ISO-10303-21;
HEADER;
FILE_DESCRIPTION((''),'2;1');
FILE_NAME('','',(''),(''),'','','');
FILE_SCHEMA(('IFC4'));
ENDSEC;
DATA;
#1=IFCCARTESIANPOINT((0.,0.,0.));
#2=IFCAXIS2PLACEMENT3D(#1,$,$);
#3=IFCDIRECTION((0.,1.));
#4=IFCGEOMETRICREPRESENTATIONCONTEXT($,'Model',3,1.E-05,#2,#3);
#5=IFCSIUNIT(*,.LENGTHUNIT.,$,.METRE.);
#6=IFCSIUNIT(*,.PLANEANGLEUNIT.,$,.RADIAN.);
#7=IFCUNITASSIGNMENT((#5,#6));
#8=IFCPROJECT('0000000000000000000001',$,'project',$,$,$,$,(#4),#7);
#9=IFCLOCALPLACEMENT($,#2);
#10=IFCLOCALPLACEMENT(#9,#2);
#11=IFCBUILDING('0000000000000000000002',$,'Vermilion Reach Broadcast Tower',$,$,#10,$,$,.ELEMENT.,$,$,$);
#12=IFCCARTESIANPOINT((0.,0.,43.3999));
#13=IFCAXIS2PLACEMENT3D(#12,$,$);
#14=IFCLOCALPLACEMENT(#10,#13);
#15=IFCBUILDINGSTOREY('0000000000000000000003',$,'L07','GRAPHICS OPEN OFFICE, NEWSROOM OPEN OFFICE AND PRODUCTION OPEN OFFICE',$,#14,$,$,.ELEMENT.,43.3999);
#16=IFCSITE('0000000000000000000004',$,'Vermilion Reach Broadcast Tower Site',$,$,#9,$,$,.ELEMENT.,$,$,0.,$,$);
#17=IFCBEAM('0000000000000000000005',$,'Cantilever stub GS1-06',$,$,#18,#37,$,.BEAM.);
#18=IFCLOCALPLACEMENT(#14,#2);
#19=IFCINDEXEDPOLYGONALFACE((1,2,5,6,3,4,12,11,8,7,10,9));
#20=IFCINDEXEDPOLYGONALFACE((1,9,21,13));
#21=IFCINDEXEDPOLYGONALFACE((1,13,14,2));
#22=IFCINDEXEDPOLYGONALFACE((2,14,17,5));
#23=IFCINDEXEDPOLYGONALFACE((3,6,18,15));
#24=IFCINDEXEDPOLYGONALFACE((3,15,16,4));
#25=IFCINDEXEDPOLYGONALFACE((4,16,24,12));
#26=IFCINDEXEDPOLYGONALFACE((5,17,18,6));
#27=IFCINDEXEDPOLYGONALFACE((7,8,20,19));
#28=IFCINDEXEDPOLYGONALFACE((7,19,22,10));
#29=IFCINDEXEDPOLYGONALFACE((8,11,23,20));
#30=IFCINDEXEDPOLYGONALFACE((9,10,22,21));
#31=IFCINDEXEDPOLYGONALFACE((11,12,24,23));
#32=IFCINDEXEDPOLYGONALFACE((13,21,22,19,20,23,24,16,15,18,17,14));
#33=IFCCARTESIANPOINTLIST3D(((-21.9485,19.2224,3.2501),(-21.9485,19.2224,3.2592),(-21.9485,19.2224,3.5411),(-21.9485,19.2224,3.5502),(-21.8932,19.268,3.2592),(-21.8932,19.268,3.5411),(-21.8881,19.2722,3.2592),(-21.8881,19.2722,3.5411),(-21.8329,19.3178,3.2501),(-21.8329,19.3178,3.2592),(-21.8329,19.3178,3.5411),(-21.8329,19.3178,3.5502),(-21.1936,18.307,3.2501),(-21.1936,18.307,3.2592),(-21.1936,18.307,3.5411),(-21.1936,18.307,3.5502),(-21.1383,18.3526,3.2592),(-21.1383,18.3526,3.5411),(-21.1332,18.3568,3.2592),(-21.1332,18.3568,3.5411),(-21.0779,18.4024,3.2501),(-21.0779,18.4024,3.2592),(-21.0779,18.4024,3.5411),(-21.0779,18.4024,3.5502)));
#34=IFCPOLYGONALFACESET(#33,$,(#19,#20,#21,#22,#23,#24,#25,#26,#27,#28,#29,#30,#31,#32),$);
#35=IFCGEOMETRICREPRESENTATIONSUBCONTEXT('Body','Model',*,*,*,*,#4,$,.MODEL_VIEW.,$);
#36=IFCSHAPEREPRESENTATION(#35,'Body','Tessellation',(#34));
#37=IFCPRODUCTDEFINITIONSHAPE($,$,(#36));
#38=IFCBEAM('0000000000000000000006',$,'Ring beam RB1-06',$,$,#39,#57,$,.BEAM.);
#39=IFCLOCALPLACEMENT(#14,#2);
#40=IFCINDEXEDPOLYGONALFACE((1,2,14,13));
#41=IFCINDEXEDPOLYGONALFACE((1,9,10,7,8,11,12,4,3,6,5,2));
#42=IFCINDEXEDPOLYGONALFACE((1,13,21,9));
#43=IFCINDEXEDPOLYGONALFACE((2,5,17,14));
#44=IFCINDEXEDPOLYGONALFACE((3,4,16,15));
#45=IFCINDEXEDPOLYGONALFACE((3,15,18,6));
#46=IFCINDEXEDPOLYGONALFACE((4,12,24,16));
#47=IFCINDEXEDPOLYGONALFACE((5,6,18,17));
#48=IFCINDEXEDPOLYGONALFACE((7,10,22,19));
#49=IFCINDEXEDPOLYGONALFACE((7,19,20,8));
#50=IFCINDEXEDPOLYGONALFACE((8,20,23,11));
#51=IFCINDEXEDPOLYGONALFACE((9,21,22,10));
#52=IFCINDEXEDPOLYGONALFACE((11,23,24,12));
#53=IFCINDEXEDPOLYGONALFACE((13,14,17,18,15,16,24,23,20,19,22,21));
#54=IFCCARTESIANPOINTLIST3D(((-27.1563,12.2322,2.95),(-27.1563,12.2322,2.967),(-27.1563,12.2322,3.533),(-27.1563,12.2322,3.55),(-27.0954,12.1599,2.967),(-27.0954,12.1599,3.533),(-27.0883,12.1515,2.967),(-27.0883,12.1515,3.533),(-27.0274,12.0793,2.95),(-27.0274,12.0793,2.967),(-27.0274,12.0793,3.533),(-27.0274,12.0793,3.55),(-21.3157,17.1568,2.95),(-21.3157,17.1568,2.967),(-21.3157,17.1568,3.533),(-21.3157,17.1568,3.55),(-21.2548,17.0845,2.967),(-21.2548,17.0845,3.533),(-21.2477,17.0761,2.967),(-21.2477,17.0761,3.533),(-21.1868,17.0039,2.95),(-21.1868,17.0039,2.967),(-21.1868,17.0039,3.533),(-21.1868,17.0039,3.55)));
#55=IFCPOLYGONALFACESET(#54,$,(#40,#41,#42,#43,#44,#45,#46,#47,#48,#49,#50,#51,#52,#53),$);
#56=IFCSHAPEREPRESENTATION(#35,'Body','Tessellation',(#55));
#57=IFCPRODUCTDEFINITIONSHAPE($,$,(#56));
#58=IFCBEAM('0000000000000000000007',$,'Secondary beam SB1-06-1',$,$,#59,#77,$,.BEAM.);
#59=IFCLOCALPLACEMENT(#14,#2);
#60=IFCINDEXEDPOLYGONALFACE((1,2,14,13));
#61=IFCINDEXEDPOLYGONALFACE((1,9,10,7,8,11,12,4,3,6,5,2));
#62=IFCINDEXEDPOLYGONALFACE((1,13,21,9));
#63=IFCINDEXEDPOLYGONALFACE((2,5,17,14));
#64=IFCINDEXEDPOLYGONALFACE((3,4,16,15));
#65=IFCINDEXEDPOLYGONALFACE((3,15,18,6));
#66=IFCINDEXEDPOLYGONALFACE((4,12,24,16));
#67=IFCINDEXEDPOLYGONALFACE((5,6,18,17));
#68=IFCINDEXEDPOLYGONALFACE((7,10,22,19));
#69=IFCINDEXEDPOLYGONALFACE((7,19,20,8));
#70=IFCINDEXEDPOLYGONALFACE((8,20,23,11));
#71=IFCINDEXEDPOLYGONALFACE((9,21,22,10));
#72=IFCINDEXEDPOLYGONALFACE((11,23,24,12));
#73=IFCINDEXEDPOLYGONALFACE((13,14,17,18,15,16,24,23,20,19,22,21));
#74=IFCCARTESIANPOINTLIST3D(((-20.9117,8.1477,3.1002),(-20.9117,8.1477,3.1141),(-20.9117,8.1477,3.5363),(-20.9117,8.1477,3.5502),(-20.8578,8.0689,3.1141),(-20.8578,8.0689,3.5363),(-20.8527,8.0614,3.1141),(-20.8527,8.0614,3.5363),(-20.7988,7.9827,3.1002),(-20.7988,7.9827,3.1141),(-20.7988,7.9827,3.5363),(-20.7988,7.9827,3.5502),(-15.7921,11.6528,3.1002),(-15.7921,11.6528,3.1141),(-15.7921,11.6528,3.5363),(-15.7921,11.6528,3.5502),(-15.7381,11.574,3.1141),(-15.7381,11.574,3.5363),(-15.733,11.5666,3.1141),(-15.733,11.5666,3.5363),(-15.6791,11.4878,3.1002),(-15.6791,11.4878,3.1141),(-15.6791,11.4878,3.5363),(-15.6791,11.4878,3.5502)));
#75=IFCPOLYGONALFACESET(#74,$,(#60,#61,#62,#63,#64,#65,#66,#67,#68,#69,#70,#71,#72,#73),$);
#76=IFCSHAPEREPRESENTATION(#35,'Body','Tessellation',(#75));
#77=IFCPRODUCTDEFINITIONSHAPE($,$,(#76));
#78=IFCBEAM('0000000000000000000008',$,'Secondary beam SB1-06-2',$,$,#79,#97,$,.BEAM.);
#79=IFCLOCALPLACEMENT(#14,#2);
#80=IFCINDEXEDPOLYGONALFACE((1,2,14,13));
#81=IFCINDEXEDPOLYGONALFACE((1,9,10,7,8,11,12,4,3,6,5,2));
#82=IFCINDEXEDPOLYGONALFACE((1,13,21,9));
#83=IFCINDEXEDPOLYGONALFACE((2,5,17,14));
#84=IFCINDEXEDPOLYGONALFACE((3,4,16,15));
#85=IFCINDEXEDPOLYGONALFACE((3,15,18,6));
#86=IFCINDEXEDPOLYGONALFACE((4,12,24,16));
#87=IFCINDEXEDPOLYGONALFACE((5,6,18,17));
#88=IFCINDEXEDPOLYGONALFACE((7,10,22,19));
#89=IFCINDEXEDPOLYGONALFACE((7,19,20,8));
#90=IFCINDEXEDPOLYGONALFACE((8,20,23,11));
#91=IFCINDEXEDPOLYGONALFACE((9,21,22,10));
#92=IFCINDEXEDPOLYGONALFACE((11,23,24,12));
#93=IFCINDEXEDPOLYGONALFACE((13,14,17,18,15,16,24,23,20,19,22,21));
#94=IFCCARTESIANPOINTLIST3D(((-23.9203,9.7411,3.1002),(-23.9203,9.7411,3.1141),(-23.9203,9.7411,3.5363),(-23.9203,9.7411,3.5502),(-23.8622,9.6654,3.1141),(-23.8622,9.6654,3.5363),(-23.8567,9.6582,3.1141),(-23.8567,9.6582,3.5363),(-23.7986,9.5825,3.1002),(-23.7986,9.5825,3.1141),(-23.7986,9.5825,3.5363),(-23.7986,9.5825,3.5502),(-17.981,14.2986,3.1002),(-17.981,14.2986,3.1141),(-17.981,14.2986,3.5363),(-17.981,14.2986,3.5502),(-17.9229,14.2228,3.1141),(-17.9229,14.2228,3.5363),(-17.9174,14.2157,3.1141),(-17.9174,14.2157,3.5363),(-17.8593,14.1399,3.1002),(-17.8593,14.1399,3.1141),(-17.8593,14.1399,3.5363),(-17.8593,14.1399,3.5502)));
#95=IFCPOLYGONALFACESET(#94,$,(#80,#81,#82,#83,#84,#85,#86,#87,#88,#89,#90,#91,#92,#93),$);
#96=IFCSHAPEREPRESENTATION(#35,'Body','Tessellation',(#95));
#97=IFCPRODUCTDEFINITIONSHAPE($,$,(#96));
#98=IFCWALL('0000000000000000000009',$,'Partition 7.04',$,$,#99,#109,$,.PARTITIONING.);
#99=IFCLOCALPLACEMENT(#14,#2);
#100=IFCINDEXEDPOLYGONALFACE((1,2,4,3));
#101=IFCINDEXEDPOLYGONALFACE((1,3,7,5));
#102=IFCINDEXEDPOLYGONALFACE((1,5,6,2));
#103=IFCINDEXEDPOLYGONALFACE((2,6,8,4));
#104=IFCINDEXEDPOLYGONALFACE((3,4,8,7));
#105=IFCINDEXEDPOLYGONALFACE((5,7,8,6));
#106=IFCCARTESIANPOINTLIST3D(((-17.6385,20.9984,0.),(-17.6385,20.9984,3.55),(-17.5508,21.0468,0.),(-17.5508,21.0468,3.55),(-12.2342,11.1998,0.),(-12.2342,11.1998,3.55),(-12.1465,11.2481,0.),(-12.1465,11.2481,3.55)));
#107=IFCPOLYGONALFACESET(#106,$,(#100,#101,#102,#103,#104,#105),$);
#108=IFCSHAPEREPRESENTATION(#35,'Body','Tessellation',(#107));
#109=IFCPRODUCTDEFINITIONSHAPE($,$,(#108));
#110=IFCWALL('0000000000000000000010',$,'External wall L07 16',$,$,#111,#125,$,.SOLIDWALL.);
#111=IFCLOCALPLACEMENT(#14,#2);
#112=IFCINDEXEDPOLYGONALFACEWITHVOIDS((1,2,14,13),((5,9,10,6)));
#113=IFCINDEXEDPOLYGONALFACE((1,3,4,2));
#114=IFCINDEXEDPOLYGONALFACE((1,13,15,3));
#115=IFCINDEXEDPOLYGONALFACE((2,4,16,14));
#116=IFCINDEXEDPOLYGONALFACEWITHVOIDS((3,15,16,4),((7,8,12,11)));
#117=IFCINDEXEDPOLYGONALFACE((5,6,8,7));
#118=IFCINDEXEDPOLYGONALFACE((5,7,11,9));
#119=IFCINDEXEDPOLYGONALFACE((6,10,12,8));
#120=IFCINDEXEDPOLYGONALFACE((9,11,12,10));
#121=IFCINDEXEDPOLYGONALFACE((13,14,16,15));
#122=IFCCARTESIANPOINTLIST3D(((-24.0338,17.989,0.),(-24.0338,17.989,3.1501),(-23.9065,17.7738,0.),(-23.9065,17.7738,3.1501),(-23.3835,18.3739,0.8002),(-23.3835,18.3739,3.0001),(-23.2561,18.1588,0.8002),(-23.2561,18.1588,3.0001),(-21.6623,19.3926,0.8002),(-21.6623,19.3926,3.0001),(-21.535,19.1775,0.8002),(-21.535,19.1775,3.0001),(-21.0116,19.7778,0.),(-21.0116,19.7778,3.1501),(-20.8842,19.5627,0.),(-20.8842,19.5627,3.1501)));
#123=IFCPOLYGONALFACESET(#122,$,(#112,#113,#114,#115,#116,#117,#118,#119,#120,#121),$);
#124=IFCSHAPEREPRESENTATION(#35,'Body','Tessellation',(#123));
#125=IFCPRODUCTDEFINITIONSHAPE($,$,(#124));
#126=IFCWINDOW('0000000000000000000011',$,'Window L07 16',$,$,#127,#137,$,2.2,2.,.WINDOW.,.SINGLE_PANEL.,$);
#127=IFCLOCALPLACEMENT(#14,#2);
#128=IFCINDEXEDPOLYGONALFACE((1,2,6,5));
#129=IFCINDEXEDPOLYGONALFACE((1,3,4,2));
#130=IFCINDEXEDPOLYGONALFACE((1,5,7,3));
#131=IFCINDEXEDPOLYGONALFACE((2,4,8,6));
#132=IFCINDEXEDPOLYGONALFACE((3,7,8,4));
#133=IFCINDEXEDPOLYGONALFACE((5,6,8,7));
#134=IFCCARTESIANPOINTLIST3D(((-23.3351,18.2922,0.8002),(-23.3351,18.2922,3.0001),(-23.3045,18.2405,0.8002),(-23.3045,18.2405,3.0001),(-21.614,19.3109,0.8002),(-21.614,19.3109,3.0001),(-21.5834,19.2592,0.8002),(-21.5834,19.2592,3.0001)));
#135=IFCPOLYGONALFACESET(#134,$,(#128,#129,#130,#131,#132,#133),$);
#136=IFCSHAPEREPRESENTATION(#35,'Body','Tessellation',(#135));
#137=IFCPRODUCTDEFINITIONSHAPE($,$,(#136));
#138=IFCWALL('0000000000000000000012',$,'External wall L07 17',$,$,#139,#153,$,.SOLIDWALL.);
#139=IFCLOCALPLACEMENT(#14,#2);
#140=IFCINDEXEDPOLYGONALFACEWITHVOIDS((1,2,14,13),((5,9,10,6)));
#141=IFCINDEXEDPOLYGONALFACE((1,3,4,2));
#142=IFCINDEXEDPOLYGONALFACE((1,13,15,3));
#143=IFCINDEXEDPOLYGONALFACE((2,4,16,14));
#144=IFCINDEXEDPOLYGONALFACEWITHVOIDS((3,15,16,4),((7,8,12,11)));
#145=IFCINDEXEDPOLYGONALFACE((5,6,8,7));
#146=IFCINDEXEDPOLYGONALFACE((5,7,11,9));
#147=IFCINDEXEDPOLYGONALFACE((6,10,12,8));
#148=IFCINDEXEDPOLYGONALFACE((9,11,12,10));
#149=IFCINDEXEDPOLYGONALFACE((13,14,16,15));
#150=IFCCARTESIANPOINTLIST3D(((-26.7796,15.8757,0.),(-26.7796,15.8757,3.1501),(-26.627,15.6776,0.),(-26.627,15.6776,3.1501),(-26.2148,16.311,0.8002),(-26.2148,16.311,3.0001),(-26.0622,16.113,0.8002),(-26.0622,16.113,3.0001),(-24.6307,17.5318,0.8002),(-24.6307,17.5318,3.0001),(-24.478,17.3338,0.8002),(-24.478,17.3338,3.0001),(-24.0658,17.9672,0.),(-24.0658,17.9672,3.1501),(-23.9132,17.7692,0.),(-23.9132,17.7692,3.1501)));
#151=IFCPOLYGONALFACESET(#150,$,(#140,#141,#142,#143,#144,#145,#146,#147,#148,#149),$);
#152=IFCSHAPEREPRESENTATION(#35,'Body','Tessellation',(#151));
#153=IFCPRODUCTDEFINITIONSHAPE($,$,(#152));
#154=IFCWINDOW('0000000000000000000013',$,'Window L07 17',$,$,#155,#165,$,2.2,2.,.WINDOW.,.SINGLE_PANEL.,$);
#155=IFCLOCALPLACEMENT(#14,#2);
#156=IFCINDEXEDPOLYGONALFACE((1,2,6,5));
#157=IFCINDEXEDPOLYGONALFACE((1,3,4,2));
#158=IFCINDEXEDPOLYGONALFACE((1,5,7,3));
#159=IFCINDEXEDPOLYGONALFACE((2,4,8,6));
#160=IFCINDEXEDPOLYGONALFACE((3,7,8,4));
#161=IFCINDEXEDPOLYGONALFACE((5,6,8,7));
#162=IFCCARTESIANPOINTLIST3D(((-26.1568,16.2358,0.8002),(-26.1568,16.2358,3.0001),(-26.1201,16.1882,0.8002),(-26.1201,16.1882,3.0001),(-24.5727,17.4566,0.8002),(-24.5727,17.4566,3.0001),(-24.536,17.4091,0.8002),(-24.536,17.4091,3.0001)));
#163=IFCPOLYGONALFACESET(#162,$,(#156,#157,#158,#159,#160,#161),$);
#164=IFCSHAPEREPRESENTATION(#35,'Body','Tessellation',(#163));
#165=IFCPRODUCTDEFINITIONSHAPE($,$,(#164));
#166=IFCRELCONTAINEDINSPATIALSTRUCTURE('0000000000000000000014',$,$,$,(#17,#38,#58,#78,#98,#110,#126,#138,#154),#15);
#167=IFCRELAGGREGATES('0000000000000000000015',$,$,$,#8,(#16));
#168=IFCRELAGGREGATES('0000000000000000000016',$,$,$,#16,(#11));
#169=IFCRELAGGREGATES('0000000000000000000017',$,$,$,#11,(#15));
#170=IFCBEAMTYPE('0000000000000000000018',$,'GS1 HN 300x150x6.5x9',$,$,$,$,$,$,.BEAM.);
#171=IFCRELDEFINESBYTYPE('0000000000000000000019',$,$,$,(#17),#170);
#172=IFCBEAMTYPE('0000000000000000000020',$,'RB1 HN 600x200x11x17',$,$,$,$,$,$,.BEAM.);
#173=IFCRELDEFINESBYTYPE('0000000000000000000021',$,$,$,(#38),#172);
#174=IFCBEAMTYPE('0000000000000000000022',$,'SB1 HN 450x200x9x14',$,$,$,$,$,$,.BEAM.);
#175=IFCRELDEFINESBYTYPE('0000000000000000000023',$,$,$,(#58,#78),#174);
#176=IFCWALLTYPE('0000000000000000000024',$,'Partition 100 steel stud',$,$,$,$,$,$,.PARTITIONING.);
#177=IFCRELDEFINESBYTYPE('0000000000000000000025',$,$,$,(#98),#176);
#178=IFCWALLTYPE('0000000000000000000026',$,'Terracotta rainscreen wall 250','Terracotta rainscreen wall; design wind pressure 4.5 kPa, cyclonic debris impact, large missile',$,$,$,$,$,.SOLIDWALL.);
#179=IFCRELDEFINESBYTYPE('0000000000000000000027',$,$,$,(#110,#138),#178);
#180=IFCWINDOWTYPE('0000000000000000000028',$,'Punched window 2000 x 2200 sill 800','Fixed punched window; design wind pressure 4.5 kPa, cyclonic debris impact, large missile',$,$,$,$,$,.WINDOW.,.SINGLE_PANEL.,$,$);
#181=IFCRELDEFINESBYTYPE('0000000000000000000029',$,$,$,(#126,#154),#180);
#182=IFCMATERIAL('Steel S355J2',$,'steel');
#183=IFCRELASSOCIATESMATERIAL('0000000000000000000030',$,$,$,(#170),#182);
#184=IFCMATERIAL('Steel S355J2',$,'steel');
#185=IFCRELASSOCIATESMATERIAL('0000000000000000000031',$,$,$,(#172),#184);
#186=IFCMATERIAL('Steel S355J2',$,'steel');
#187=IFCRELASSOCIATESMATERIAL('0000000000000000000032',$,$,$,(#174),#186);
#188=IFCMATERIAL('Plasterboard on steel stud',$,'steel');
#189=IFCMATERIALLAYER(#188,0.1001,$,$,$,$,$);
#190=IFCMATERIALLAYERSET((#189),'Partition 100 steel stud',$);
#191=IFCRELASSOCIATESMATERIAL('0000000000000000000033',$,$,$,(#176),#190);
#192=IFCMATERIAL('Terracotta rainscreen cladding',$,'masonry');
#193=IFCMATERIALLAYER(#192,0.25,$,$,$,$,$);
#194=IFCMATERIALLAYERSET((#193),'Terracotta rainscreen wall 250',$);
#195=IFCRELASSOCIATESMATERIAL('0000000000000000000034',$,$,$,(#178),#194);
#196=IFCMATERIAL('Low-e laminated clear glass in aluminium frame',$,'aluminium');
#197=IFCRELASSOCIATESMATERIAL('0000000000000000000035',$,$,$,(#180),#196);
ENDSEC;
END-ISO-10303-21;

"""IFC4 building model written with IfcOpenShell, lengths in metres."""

from ifc_helpers import new_model, si_unit, direction, frame, frame_2d, origin, origin_2d, place, context, subcontext, project, spatial, rectangle, i_section, extrude, material, layer, layer_set, material_profile, profile_set, type_object, element, fill, save


model = new_model("IFC4")

# Units and contexts
model_context = context("Model", 3, precision=1e-05, world=origin(), true_north=direction((0.0, 1.0)))
body_context = subcontext(model_context, "Body", "Model", "MODEL_VIEW")
ifc_project = project(units=[si_unit("LENGTHUNIT", "METRE"), si_unit("PLANEANGLEUNIT", "RADIAN")], contexts=[model_context])

# Site, building, storey
site_placement = place(None, origin())
site = spatial("IfcSite", under=ifc_project, at=site_placement, Name="Vermilion Reach Broadcast Tower Site", CompositionType="ELEMENT", RefElevation=0.0)
building_placement = place(site_placement, origin())
building = spatial("IfcBuilding", under=site, at=building_placement, Name="Vermilion Reach Broadcast Tower", CompositionType="ELEMENT")
storey_placement = place(building_placement, frame((0.0, 0.0, 43.3999)))
storey = spatial("IfcBuildingStorey", under=building, at=storey_placement, Name="L07", Description="GRAPHICS OPEN OFFICE, NEWSROOM OPEN OFFICE AND PRODUCTION OPEN OFFICE", CompositionType="ELEMENT", Elevation=43.3999)

# Beams
ifc_material_1 = material(Name="Steel S355J2", Category="steel")
ifc_material_profile_1 = material_profile(ifc_material_1, i_section(OverallWidth=0.1499, OverallDepth=0.3, WebThickness=0.0066, FlangeThickness=0.009, at=origin_2d()), Name="S355J2 HN 300x150x6.5x9")
ifc_profile_set_1 = profile_set([ifc_material_profile_1], Name="Steel S355J2")
beam_type_1 = type_object("IfcBeamType", Name="GS1 HN 300x150x6.5x9", PredefinedType="BEAM", material=ifc_profile_set_1)
beam_1_placement = place(storey_placement, frame((-21.1357, 18.3547, 3.4001), z_axis=(-0.63627, 0.771467, 0.0), x_axis=(-0.771467, -0.63627, 0.0)))
element("IfcBeam", 1, at=beam_1_placement, inside=storey, type_object=beam_type_1, Name="Cantilever stub GS1-06", PredefinedType="BEAM", context=body_context, shape_type="SweptSolid", body=[
    extrude(i_section(OverallWidth=0.1499, OverallDepth=0.3, WebThickness=0.0066, FlangeThickness=0.009, at=origin_2d()), origin(), (0.0, 0.0, 1.0), 1.1865),
])
ifc_material_2 = material(Name="Steel S355J2", Category="steel")
ifc_material_profile_2 = material_profile(ifc_material_2, i_section(OverallWidth=0.2, OverallDepth=0.6001, WebThickness=0.011, FlangeThickness=0.0171, at=origin_2d()), Name="S355J2 HN 600x200x11x17")
ifc_profile_set_2 = profile_set([ifc_material_profile_2], Name="Steel S355J2")
beam_type_2 = type_object("IfcBeamType", Name="RB1 HN 600x200x11x17", PredefinedType="BEAM", material=ifc_profile_set_2)
beam_2_placement = place(storey_placement, frame((-21.2512, 17.0803, 3.25), z_axis=(-0.764512, -0.644609, 0.0), x_axis=(0.644609, -0.764512, 0.0)))
element("IfcBeam", 2, at=beam_2_placement, inside=storey, type_object=beam_type_2, Name="Ring beam RB1-06", PredefinedType="BEAM", context=body_context, shape_type="SweptSolid", body=[
    extrude(i_section(OverallWidth=0.2, OverallDepth=0.6001, WebThickness=0.011, FlangeThickness=0.0171, at=origin_2d()), origin(), (0.0, 0.0, 1.0), 7.6396),
])
ifc_material_3 = material(Name="Steel S355J2", Category="steel")
ifc_material_profile_3 = material_profile(ifc_material_3, i_section(OverallWidth=0.2, OverallDepth=0.45, WebThickness=0.009, FlangeThickness=0.0139, at=origin_2d()), Name="S355J2 HN 450x200x9x14")
ifc_profile_set_3 = profile_set([ifc_material_profile_3], Name="Steel S355J2")
beam_type_3 = type_object("IfcBeamType", Name="SB1 HN 450x200x9x14", PredefinedType="BEAM", material=ifc_profile_set_3)
beam_3_placement = place(storey_placement, frame((-15.7356, 11.5703, 3.3252), z_axis=(-0.82514, -0.564928, 0.0), x_axis=(0.564928, -0.82514, 0.0)))
element("IfcBeam", 3, at=beam_3_placement, inside=storey, type_object=beam_type_3, Name="Secondary beam SB1-06-1", PredefinedType="BEAM", context=body_context, shape_type="SweptSolid", body=[
    extrude(i_section(OverallWidth=0.2, OverallDepth=0.45, WebThickness=0.009, FlangeThickness=0.0139, at=origin_2d()), origin(), (0.0, 0.0, 1.0), 6.2046),
])
beam_4_placement = place(storey_placement, frame((-17.9202, 14.2192, 3.3252), z_axis=(-0.79335, -0.608766, 0.0), x_axis=(0.608766, -0.79335, 0.0)))
element("IfcBeam", 4, at=beam_4_placement, inside=storey, type_object=beam_type_3, Name="Secondary beam SB1-06-2", PredefinedType="BEAM", context=body_context, shape_type="SweptSolid", body=[
    extrude(i_section(OverallWidth=0.2, OverallDepth=0.45, WebThickness=0.009, FlangeThickness=0.0139, at=origin_2d()), origin(), (0.0, 0.0, 1.0), 7.4863),
])

# Wall
ifc_material_4 = material(Name="Plasterboard on steel stud", Category="steel")
ifc_layer_1 = layer(ifc_material_4, 0.1001)
ifc_layer_set_1 = layer_set([ifc_layer_1], Name="Partition 100 steel stud")
wall_type_1 = type_object("IfcWallType", Name="Partition 100 steel stud", PredefinedType="PARTITIONING", material=ifc_layer_set_1)
wall_1_placement = place(storey_placement, frame((-17.5947, 21.0227, 0.0), z_axis=(0.0, 0.0, 1.0), x_axis=(0.482953, -0.875646, 0.0)))
element("IfcWall", 5, at=wall_1_placement, inside=storey, type_object=wall_type_1, Name="Partition 7.04", PredefinedType="PARTITIONING", context=body_context, shape_type="SweptSolid", body=[
    extrude(rectangle(XDim=11.1902, YDim=0.1001, at=frame_2d((5.5952, 0.0))), origin(), (0.0, 0.0, 1.0), 3.55),
])

# Shared definitions
ifc_material_5 = material(Name="Terracotta rainscreen cladding", Category="masonry")
ifc_layer_2 = layer(ifc_material_5, 0.25)
ifc_layer_set_2 = layer_set([ifc_layer_2], Name="Terracotta rainscreen wall 250")
wall_type_2 = type_object("IfcWallType", Name="Terracotta rainscreen wall 250", Description="Terracotta rainscreen wall; design wind pressure 4.5 kPa, cyclonic debris impact, large missile", PredefinedType="SOLIDWALL", material=ifc_layer_set_2)

# Walls, openings, windows
wall_2_placement = place(storey_placement, frame((-20.948, 19.6702, 0.0), z_axis=(0.0, 0.0, 1.0), x_axis=(-0.860557, -0.509355, 0.0)))
wall_2 = element("IfcWall", 6, at=wall_2_placement, inside=storey, type_object=wall_type_2, Name="External wall L07 16", PredefinedType="SOLIDWALL", context=body_context, shape_type="SweptSolid", body=[
    extrude(rectangle(XDim=3.512, YDim=0.25, at=frame_2d((1.7559, 0.0))), origin(), (0.0, 0.0, 1.0), 3.1501),
])
opening_1_placement = place(wall_2_placement, frame((0.7561, 0.0, 0.8)))
opening_1 = element("IfcOpeningElement", 7, at=opening_1_placement, cuts=wall_2, PredefinedType="OPENING", context=body_context, shape_type="SweptSolid", body=[
    extrude(rectangle(XDim=2.0, YDim=2.2, at=frame_2d((1.0, 1.1001))), frame((0.0, 0.135, 0.0), z_axis=(0.0, -1.0, 0.0), x_axis=(1.0, 0.0, 0.0)), (0.0, 0.0, 1.0), 0.27),
])
ifc_material_6 = material(Name="Low-e laminated clear glass in aluminium frame", Category="aluminium")
window_type = type_object("IfcWindowType", Name="Punched window 2000 x 2200 sill 800", Description="Fixed punched window; design wind pressure 4.5 kPa, cyclonic debris impact, large missile", PartitioningType="SINGLE_PANEL", PredefinedType="WINDOW", material=ifc_material_6)
window_1_placement = place(opening_1_placement, origin())
window_1 = element("IfcWindow", 8, at=window_1_placement, inside=storey, type_object=window_type, Name="Window L07 16", OverallHeight=2.2, OverallWidth=2.0, PartitioningType="SINGLE_PANEL", PredefinedType="WINDOW", context=body_context, shape_type="SweptSolid", body=[
    extrude(rectangle(XDim=2.0, YDim=2.2, at=frame_2d((1.0, 1.1001))), frame((0.0, 0.03, 0.0), z_axis=(0.0, -1.0, 0.0), x_axis=(1.0, 0.0, 0.0)), (0.0, 0.0, 1.0), 0.0601),
])
fill(opening_1, window_1)
wall_3_placement = place(storey_placement, frame((-23.9895, 17.8682, 0.0), z_axis=(0.0, 0.0, 1.0), x_axis=(-0.792065, -0.610437, 0.0)))
wall_3 = element("IfcWall", 9, at=wall_3_placement, inside=storey, type_object=wall_type_2, Name="External wall L07 17", PredefinedType="SOLIDWALL", context=body_context, shape_type="SweptSolid", body=[
    extrude(rectangle(XDim=3.4263, YDim=0.25, at=frame_2d((1.7131, 0.0))), origin(), (0.0, 0.0, 1.0), 3.1501),
])
opening_2_placement = place(wall_3_placement, frame((0.7131, 0.0, 0.8)))
opening_2 = element("IfcOpeningElement", 10, at=opening_2_placement, cuts=wall_3, PredefinedType="OPENING", context=body_context, shape_type="SweptSolid", body=[
    extrude(rectangle(XDim=2.0, YDim=2.2, at=frame_2d((1.0, 1.1001))), frame((0.0, 0.135, 0.0), z_axis=(0.0, -1.0, 0.0), x_axis=(1.0, 0.0, 0.0)), (0.0, 0.0, 1.0), 0.27),
])
window_2_placement = place(opening_2_placement, origin())
window_2 = element("IfcWindow", 11, at=window_2_placement, inside=storey, type_object=window_type, Name="Window L07 17", OverallHeight=2.2, OverallWidth=2.0, PartitioningType="SINGLE_PANEL", PredefinedType="WINDOW", context=body_context, shape_type="SweptSolid", body=[
    extrude(rectangle(XDim=2.0, YDim=2.2, at=frame_2d((1.0, 1.1001))), frame((0.0, 0.03, 0.0), z_axis=(0.0, -1.0, 0.0), x_axis=(1.0, 0.0, 0.0)), (0.0, 0.0, 1.0), 0.0601),
])
fill(opening_2, window_2)

save(model, "model.ifc")
